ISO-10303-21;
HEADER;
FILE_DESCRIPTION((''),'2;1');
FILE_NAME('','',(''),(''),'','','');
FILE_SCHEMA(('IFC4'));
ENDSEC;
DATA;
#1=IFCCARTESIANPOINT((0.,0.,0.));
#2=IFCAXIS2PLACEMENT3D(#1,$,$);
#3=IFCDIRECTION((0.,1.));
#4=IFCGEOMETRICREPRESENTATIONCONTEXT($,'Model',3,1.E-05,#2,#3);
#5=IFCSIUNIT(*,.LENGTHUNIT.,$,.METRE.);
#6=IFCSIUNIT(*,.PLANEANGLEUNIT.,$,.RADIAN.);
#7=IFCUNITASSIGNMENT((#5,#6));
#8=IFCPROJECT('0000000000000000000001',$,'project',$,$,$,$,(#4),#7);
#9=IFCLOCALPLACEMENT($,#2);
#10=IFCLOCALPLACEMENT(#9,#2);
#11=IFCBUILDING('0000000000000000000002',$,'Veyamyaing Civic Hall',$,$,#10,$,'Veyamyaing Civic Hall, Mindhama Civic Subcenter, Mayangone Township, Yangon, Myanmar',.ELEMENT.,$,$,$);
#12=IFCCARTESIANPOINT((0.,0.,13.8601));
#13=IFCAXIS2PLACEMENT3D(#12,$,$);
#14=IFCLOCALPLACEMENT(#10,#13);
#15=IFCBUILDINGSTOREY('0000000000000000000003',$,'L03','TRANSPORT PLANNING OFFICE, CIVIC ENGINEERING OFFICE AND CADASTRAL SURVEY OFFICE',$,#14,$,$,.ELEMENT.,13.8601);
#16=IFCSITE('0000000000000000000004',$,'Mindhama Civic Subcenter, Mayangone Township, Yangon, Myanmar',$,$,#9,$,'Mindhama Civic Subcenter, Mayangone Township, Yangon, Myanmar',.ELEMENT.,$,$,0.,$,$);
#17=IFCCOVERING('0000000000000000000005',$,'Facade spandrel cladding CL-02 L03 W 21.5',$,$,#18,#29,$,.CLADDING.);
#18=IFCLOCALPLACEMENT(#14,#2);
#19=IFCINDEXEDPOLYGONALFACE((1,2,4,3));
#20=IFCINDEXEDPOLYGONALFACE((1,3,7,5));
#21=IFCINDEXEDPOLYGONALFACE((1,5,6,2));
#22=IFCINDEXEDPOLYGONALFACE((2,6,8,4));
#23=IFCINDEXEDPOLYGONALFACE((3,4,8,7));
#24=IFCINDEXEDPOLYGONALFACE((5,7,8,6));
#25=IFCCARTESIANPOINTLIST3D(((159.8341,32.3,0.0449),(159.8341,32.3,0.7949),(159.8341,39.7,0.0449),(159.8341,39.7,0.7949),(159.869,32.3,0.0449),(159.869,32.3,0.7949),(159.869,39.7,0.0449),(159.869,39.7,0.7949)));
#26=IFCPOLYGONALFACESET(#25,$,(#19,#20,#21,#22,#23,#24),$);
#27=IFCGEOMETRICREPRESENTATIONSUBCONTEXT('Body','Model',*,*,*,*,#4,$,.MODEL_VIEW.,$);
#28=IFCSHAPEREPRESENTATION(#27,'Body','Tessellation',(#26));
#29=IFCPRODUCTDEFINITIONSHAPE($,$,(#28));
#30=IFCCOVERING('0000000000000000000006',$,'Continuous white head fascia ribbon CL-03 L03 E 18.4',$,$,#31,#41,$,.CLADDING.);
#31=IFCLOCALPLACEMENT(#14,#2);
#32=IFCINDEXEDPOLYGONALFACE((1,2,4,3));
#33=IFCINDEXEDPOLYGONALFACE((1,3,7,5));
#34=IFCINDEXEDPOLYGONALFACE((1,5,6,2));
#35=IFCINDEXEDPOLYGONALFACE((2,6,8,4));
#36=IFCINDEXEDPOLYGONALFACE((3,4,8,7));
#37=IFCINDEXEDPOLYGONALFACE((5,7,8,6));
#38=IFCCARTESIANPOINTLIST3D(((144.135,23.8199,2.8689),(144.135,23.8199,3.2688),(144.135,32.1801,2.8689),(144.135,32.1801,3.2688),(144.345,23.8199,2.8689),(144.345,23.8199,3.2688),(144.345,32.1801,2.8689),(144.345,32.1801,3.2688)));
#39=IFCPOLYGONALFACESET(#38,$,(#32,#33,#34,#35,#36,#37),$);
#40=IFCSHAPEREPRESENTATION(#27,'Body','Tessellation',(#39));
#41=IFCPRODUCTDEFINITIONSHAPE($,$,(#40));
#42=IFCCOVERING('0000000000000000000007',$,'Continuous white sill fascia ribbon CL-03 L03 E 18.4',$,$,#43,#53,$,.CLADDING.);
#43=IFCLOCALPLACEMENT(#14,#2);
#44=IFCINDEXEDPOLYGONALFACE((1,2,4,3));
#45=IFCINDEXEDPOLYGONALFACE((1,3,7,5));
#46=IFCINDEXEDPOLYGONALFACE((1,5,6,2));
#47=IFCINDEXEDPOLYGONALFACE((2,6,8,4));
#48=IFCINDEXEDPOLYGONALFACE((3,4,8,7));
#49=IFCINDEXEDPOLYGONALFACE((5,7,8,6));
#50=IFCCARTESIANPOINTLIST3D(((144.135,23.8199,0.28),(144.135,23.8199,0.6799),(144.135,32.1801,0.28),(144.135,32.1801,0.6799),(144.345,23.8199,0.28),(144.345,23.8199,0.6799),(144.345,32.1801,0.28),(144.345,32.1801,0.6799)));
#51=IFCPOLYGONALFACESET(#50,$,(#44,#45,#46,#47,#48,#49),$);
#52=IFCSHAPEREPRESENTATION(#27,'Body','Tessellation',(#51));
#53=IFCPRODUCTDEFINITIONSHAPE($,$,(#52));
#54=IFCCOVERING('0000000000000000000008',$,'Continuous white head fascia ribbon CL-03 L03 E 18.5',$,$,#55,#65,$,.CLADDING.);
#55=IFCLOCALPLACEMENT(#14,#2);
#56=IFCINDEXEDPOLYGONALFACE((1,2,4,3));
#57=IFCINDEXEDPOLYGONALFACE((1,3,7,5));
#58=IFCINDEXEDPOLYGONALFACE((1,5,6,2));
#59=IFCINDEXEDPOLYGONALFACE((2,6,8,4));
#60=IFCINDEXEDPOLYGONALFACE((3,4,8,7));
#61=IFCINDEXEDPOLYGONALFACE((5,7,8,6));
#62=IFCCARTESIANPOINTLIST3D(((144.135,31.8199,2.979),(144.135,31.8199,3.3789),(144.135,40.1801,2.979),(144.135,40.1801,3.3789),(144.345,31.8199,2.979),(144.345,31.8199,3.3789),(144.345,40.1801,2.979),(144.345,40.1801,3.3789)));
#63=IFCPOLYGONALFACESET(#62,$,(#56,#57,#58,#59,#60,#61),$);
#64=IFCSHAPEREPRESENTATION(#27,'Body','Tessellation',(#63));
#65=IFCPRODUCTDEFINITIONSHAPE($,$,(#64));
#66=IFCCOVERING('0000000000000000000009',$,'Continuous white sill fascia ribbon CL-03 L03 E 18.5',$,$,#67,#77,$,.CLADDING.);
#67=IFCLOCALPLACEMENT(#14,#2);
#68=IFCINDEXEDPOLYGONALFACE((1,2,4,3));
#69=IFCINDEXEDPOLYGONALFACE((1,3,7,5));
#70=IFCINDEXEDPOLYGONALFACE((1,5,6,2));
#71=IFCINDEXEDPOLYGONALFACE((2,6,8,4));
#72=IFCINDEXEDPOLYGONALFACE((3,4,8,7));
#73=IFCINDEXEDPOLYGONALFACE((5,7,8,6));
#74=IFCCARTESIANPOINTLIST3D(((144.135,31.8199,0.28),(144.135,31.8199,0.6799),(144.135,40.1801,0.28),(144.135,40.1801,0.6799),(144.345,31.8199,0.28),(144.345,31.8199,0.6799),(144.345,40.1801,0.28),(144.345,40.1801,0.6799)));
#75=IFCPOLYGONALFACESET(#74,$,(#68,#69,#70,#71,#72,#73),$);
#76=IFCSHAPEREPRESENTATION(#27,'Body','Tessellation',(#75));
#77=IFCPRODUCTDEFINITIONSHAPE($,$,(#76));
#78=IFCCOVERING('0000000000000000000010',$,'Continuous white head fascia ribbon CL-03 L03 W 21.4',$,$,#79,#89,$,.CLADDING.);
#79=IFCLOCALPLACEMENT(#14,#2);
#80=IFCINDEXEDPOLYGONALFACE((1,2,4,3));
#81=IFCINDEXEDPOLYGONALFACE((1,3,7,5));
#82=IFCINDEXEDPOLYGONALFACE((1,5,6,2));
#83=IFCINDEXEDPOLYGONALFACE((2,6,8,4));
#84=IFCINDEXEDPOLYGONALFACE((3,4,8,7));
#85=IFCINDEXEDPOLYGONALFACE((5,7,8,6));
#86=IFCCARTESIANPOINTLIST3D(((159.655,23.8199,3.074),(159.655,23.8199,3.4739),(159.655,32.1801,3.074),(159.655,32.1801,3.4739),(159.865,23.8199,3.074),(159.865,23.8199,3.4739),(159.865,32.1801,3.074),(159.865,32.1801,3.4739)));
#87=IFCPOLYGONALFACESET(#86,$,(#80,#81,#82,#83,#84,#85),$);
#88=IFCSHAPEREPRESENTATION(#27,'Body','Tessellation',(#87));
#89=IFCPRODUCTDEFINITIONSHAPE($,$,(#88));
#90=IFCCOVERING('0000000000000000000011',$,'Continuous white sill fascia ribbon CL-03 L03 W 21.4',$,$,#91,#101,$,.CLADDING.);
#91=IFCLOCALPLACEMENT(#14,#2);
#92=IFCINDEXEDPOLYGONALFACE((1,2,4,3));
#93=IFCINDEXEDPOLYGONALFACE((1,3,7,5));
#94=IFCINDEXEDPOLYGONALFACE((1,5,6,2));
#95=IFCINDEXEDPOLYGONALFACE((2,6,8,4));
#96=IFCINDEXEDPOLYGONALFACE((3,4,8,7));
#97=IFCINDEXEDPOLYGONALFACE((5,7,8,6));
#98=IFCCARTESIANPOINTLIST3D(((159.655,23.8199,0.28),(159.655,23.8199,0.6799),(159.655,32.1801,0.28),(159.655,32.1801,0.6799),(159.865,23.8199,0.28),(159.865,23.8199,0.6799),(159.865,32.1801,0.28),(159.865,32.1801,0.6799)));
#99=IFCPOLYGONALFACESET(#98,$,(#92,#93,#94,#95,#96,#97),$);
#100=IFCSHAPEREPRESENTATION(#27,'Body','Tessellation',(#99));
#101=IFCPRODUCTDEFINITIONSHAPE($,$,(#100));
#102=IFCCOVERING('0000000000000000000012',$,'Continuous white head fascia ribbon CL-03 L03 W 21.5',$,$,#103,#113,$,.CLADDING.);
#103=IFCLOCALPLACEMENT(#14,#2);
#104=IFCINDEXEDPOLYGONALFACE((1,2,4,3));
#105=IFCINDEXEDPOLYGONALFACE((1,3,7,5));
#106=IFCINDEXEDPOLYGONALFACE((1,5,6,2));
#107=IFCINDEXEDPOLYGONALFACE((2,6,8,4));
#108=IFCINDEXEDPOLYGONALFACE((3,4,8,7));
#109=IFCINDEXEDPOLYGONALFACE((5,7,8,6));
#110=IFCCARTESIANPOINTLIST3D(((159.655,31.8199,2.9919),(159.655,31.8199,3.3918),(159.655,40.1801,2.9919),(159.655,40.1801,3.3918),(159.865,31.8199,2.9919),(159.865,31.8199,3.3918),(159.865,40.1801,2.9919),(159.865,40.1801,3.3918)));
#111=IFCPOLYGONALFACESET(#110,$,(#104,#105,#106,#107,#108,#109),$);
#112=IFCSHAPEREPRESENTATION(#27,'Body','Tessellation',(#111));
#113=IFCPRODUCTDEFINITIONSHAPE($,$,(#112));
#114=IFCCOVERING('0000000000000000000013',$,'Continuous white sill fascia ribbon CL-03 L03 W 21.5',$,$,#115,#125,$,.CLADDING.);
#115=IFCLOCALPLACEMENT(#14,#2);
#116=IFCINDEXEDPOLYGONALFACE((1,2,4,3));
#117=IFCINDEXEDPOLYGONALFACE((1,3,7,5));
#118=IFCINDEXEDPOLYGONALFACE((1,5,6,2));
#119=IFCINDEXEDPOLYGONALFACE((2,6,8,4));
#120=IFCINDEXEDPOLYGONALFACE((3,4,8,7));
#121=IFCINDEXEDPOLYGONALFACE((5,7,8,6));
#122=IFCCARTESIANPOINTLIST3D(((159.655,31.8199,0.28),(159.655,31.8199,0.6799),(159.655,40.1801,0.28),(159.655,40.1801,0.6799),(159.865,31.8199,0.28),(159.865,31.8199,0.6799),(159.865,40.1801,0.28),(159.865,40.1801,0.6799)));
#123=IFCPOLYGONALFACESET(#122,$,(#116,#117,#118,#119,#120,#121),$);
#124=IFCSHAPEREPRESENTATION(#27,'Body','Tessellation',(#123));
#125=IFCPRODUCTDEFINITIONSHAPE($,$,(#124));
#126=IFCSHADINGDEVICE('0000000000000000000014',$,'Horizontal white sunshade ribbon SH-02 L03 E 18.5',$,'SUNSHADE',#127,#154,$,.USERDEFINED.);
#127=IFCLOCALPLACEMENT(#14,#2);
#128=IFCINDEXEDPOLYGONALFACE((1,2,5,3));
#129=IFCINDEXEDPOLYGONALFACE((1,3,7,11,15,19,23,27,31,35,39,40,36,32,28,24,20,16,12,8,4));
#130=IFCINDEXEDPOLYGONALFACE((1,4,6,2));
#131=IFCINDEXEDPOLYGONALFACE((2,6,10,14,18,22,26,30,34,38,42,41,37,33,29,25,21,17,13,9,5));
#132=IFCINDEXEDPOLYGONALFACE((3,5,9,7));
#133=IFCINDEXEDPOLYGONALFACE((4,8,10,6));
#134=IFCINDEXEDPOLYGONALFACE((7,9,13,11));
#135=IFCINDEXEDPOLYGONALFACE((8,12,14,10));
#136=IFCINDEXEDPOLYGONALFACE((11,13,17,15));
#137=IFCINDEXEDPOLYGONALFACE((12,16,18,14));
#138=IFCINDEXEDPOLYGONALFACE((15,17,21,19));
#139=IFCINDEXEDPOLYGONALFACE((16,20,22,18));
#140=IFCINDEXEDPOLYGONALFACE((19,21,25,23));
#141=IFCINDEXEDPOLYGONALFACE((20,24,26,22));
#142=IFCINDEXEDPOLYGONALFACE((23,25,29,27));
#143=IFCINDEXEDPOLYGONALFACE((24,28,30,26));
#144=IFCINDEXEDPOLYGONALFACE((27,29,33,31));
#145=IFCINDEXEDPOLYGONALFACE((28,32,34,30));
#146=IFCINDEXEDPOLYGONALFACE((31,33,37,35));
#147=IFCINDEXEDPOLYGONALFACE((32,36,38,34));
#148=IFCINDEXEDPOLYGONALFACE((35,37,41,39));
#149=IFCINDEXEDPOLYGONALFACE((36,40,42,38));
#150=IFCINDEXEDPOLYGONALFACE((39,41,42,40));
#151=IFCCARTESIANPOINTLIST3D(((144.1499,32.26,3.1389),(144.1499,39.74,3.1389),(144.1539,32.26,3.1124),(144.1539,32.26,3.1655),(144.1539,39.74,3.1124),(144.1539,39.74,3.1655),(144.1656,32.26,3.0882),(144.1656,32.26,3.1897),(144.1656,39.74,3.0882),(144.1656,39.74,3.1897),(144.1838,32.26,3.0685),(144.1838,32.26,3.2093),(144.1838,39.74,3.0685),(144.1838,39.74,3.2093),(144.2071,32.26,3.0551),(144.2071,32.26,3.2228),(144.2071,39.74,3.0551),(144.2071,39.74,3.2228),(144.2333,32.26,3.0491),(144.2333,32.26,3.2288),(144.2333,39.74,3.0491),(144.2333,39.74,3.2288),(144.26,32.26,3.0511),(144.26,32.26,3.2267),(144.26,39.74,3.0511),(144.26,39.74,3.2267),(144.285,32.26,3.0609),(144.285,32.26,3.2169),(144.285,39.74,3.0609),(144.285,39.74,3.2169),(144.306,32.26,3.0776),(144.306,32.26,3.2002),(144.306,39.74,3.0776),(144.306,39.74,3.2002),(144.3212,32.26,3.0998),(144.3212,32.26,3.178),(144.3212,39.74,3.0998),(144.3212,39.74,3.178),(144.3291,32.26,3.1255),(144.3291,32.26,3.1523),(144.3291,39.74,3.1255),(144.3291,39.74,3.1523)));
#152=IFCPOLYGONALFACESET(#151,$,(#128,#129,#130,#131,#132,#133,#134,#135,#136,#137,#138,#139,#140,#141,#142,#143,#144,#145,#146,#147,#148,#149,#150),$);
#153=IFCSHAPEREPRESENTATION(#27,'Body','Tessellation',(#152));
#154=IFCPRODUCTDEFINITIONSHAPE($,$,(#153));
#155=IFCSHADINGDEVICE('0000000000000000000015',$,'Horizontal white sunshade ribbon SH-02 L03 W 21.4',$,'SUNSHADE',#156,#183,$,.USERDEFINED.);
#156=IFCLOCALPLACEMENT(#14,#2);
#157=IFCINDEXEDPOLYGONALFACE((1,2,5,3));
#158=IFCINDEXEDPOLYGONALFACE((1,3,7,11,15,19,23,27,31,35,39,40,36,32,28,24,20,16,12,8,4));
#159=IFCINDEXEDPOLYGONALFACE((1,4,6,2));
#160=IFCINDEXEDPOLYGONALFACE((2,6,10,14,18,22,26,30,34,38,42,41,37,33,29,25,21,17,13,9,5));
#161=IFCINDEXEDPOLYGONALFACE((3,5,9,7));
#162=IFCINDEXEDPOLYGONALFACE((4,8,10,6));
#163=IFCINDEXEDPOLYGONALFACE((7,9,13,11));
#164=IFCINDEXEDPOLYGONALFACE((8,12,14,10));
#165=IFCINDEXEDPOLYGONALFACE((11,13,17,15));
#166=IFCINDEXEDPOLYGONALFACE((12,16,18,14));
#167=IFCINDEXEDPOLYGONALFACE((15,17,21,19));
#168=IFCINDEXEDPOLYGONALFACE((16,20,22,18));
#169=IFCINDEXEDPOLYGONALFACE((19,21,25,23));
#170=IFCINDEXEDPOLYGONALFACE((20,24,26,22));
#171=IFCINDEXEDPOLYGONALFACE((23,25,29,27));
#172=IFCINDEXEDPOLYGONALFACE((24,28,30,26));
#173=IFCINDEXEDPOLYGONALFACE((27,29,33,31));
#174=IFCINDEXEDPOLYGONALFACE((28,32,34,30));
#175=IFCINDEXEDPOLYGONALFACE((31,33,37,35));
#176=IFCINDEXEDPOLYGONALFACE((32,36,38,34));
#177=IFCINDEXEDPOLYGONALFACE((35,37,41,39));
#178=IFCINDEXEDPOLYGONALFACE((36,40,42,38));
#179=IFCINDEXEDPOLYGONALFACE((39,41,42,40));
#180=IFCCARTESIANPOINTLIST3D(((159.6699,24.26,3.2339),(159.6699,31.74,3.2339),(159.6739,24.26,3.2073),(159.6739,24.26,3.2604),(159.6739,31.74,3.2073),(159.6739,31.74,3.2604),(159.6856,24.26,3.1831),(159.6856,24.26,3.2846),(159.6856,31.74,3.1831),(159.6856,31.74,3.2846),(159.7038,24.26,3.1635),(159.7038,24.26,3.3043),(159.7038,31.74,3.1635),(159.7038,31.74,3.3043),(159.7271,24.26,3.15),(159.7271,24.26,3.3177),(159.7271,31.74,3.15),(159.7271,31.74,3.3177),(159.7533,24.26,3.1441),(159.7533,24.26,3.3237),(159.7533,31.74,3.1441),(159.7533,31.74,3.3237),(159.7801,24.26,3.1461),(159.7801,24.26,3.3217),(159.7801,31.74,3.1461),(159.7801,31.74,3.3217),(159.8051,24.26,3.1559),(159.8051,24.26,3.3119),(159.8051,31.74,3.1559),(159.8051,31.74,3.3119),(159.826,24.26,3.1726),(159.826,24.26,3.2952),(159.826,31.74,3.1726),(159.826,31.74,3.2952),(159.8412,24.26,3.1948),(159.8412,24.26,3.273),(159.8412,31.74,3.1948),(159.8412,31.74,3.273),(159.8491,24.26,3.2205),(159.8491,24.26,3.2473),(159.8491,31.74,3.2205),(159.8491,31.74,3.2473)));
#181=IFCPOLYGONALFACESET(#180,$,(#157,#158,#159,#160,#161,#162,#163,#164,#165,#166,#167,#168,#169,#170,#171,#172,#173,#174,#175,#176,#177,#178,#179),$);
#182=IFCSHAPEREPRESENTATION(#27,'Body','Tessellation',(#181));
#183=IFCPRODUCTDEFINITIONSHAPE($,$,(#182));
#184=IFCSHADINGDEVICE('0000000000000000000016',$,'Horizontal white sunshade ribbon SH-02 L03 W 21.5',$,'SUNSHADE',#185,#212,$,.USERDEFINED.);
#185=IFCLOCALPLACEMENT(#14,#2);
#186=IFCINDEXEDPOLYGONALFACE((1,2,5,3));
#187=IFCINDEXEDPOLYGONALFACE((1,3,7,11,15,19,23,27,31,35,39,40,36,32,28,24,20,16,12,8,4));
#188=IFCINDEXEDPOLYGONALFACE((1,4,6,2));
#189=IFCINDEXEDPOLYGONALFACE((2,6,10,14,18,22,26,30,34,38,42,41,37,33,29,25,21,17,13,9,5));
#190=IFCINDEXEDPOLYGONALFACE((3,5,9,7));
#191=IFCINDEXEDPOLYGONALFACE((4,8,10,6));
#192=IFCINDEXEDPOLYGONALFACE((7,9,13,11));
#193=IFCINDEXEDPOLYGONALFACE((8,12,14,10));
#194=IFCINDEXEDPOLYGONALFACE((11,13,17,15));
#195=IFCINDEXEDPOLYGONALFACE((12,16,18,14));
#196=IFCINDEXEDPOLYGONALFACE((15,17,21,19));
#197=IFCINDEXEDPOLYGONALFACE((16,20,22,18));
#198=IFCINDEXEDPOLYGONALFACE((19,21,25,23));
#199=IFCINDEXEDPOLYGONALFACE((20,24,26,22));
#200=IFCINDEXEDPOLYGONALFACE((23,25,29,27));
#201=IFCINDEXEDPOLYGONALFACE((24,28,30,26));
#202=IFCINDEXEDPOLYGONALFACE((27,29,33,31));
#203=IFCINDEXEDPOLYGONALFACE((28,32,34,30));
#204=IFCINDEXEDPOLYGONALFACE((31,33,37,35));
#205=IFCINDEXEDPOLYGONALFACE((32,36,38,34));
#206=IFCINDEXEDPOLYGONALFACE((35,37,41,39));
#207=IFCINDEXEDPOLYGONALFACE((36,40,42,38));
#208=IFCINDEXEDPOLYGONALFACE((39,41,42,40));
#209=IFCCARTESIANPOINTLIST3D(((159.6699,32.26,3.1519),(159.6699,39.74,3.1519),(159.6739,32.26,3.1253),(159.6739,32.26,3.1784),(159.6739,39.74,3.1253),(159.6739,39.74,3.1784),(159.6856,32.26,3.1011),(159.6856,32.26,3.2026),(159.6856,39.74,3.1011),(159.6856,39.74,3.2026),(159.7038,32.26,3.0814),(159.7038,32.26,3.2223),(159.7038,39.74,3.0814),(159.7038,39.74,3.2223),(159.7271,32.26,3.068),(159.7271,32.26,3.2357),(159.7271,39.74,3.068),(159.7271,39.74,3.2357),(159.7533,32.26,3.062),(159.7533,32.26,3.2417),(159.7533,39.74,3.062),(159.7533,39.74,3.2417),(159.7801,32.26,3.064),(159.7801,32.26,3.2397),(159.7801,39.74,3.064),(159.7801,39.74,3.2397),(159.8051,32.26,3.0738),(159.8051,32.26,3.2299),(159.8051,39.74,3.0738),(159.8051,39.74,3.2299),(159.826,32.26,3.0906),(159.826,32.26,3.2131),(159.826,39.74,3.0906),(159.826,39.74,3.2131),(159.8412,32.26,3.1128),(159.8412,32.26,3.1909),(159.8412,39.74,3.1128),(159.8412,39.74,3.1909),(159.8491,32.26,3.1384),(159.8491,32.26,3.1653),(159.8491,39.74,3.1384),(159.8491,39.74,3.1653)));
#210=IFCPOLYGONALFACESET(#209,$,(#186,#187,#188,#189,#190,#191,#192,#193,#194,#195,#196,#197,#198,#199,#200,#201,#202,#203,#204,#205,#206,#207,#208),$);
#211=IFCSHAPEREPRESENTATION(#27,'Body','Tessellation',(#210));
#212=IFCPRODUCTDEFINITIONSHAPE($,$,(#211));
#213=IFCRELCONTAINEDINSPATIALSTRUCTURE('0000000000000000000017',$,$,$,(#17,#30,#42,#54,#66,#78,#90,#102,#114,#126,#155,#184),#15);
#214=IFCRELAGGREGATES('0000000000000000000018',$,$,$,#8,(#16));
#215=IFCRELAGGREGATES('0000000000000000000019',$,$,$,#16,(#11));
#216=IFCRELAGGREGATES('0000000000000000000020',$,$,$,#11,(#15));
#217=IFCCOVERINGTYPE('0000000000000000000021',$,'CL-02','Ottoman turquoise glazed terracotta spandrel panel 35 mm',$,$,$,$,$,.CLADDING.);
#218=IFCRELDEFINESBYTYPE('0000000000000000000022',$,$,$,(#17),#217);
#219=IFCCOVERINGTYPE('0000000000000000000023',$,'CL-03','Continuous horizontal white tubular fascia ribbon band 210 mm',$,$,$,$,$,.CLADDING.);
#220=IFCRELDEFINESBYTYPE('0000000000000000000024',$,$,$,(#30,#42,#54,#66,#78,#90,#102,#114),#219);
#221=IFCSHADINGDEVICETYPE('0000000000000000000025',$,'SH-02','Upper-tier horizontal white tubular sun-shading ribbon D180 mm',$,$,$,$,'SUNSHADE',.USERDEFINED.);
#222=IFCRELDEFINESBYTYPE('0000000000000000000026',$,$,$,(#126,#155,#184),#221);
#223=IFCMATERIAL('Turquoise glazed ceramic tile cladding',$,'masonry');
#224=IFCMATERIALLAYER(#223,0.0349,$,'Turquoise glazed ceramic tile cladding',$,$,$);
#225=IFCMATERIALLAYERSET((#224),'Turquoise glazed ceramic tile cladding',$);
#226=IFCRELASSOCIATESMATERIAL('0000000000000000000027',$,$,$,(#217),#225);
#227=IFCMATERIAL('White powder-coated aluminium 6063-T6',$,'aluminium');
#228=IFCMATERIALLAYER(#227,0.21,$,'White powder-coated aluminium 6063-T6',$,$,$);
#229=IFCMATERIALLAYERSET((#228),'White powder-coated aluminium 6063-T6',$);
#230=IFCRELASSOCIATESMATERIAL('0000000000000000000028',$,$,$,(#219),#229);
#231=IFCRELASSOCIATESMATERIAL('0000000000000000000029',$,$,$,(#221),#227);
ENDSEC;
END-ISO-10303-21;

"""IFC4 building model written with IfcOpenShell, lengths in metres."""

from ifc_helpers import new_model, si_unit, direction, frame, origin, origin_2d, place, context, subcontext, project, spatial, rectangle, circle, extrude, material, layer, layer_set, material_profile, profile_set, type_object, element, save


model = new_model("IFC4")

# Units and contexts
model_context = context("Model", 3, precision=1e-05, world=origin(), true_north=direction((0.0, 1.0)))
body_context = subcontext(model_context, "Body", "Model", "MODEL_VIEW")
ifc_project = project(units=[si_unit("LENGTHUNIT", "METRE"), si_unit("PLANEANGLEUNIT", "RADIAN")], contexts=[model_context])

# Site, building, storey
site_placement = place(None, origin())
site = spatial("IfcSite", under=ifc_project, at=site_placement, Name="Mindhama Civic Subcenter, Mayangone Township, Yangon, Myanmar", LongName="Mindhama Civic Subcenter, Mayangone Township, Yangon, Myanmar", CompositionType="ELEMENT", RefElevation=0.0)
building_placement = place(site_placement, origin())
building = spatial("IfcBuilding", under=site, at=building_placement, Name="Veyamyaing Civic Hall", LongName="Veyamyaing Civic Hall, Mindhama Civic Subcenter, Mayangone Township, Yangon, Myanmar", CompositionType="ELEMENT")
storey_placement = place(building_placement, frame((0.0, 0.0, 13.8601)))
storey = spatial("IfcBuildingStorey", under=building, at=storey_placement, Name="L03", Description="TRANSPORT PLANNING OFFICE, CIVIC ENGINEERING OFFICE AND CADASTRAL SURVEY OFFICE", CompositionType="ELEMENT", Elevation=13.8601)

# Coverings
ifc_material_1 = material(Name="Turquoise glazed ceramic tile cladding", Category="masonry")
ifc_layer_1 = layer(ifc_material_1, 0.0349, Name="Turquoise glazed ceramic tile cladding")
ifc_layer_set_1 = layer_set([ifc_layer_1], Name="Turquoise glazed ceramic tile cladding")
covering_type_1 = type_object("IfcCoveringType", Name="CL-02", Description="Ottoman turquoise glazed terracotta spandrel panel 35 mm", PredefinedType="CLADDING", material=ifc_layer_set_1)
covering_placement = place(storey_placement, frame((159.8516, 36.0, 0.0449), z_axis=(0.0, 0.0, 1.0), x_axis=(0.0, 1.0, 0.0)))
element("IfcCovering", 1, at=covering_placement, inside=storey, type_object=covering_type_1, Name="Facade spandrel cladding CL-02 L03 W 21.5", PredefinedType="CLADDING", context=body_context, shape_type="SweptSolid", body=[
    extrude(rectangle(XDim=7.3999, YDim=0.0349, at=origin_2d()), origin(), (0.0, 0.0, 1.0), 0.75),
])
ifc_material_2 = material(Name="White powder-coated aluminium 6063-T6", Category="aluminium")
ifc_layer_2 = layer(ifc_material_2, 0.21, Name="White powder-coated aluminium 6063-T6")
ifc_layer_set_2 = layer_set([ifc_layer_2], Name="White powder-coated aluminium 6063-T6")
covering_type_2 = type_object("IfcCoveringType", Name="CL-03", Description="Continuous horizontal white tubular fascia ribbon band 210 mm", PredefinedType="CLADDING", material=ifc_layer_set_2)
for number, where, z_axis, x_axis, name in (
    (2, (144.24, 28.0, 2.8689), (0.0, 0.0, 1.0), (0.0, 1.0, 0.0), "Continuous white head fascia ribbon CL-03 L03 E 18.4"),
    (3, (144.24, 28.0, 0.28), (0.0, 0.0, 1.0), (0.0, 1.0, 0.0), "Continuous white sill fascia ribbon CL-03 L03 E 18.4"),
    (4, (144.24, 36.0, 2.979), (0.0, 0.0, 1.0), (0.0, 1.0, 0.0), "Continuous white head fascia ribbon CL-03 L03 E 18.5"),
    (5, (144.24, 36.0, 0.28), (0.0, 0.0, 1.0), (0.0, 1.0, 0.0), "Continuous white sill fascia ribbon CL-03 L03 E 18.5"),
    (6, (159.76, 28.0, 3.074), (0.0, 0.0, 1.0), (0.0, 1.0, 0.0), "Continuous white head fascia ribbon CL-03 L03 W 21.4"),
    (7, (159.76, 28.0, 0.28), (0.0, 0.0, 1.0), (0.0, 1.0, 0.0), "Continuous white sill fascia ribbon CL-03 L03 W 21.4"),
    (8, (159.76, 36.0, 2.9919), (0.0, 0.0, 1.0), (0.0, 1.0, 0.0), "Continuous white head fascia ribbon CL-03 L03 W 21.5"),
    (9, (159.76, 36.0, 0.28), (0.0, 0.0, 1.0), (0.0, 1.0, 0.0), "Continuous white sill fascia ribbon CL-03 L03 W 21.5"),
):
    element("IfcCovering", number, at=place(storey_placement, frame(where, z_axis=z_axis, x_axis=x_axis)), inside=storey, type_object=covering_type_2, Name=name, PredefinedType="CLADDING", context=body_context, shape_type="SweptSolid", body=[
        extrude(rectangle(XDim=8.3601, YDim=0.21, at=origin_2d()), origin(), (0.0, 0.0, 1.0), 0.3999),
    ])

# Shading devices
ifc_material_profile_1 = material_profile(ifc_material_2, circle(Radius=0.0901, at=origin_2d()), Name="SHADE-TUBE-180")
ifc_profile_set_1 = profile_set([ifc_material_profile_1], Name="White powder-coated aluminium 6063-T6")
shading_device_type = type_object("IfcShadingDeviceType", Name="SH-02", Description="Upper-tier horizontal white tubular sun-shading ribbon D180 mm", ElementType="SUNSHADE", PredefinedType="USERDEFINED", material=ifc_profile_set_1)
for number, where, z_axis, x_axis, name in (
    (10, (144.24, 32.26, 3.1389), (0.0, 1.0, 0.0), (-1.0, 0.0, 0.0), "Horizontal white sunshade ribbon SH-02 L03 E 18.5"),
    (11, (159.76, 24.26, 3.2339), (0.0, 1.0, 0.0), (-1.0, 0.0, 0.0), "Horizontal white sunshade ribbon SH-02 L03 W 21.4"),
    (12, (159.76, 32.26, 3.1519), (0.0, 1.0, 0.0), (-1.0, 0.0, 0.0), "Horizontal white sunshade ribbon SH-02 L03 W 21.5"),
):
    element("IfcShadingDevice", number, at=place(storey_placement, frame(where, z_axis=z_axis, x_axis=x_axis)), inside=storey, type_object=shading_device_type, Name=name, ObjectType="SUNSHADE", PredefinedType="USERDEFINED", context=body_context, shape_type="SweptSolid", body=[
        extrude(circle(Radius=0.0901, at=origin_2d()), origin(), (0.0, 0.0, 1.0), 7.48),
    ])

save(model, "model.ifc")
